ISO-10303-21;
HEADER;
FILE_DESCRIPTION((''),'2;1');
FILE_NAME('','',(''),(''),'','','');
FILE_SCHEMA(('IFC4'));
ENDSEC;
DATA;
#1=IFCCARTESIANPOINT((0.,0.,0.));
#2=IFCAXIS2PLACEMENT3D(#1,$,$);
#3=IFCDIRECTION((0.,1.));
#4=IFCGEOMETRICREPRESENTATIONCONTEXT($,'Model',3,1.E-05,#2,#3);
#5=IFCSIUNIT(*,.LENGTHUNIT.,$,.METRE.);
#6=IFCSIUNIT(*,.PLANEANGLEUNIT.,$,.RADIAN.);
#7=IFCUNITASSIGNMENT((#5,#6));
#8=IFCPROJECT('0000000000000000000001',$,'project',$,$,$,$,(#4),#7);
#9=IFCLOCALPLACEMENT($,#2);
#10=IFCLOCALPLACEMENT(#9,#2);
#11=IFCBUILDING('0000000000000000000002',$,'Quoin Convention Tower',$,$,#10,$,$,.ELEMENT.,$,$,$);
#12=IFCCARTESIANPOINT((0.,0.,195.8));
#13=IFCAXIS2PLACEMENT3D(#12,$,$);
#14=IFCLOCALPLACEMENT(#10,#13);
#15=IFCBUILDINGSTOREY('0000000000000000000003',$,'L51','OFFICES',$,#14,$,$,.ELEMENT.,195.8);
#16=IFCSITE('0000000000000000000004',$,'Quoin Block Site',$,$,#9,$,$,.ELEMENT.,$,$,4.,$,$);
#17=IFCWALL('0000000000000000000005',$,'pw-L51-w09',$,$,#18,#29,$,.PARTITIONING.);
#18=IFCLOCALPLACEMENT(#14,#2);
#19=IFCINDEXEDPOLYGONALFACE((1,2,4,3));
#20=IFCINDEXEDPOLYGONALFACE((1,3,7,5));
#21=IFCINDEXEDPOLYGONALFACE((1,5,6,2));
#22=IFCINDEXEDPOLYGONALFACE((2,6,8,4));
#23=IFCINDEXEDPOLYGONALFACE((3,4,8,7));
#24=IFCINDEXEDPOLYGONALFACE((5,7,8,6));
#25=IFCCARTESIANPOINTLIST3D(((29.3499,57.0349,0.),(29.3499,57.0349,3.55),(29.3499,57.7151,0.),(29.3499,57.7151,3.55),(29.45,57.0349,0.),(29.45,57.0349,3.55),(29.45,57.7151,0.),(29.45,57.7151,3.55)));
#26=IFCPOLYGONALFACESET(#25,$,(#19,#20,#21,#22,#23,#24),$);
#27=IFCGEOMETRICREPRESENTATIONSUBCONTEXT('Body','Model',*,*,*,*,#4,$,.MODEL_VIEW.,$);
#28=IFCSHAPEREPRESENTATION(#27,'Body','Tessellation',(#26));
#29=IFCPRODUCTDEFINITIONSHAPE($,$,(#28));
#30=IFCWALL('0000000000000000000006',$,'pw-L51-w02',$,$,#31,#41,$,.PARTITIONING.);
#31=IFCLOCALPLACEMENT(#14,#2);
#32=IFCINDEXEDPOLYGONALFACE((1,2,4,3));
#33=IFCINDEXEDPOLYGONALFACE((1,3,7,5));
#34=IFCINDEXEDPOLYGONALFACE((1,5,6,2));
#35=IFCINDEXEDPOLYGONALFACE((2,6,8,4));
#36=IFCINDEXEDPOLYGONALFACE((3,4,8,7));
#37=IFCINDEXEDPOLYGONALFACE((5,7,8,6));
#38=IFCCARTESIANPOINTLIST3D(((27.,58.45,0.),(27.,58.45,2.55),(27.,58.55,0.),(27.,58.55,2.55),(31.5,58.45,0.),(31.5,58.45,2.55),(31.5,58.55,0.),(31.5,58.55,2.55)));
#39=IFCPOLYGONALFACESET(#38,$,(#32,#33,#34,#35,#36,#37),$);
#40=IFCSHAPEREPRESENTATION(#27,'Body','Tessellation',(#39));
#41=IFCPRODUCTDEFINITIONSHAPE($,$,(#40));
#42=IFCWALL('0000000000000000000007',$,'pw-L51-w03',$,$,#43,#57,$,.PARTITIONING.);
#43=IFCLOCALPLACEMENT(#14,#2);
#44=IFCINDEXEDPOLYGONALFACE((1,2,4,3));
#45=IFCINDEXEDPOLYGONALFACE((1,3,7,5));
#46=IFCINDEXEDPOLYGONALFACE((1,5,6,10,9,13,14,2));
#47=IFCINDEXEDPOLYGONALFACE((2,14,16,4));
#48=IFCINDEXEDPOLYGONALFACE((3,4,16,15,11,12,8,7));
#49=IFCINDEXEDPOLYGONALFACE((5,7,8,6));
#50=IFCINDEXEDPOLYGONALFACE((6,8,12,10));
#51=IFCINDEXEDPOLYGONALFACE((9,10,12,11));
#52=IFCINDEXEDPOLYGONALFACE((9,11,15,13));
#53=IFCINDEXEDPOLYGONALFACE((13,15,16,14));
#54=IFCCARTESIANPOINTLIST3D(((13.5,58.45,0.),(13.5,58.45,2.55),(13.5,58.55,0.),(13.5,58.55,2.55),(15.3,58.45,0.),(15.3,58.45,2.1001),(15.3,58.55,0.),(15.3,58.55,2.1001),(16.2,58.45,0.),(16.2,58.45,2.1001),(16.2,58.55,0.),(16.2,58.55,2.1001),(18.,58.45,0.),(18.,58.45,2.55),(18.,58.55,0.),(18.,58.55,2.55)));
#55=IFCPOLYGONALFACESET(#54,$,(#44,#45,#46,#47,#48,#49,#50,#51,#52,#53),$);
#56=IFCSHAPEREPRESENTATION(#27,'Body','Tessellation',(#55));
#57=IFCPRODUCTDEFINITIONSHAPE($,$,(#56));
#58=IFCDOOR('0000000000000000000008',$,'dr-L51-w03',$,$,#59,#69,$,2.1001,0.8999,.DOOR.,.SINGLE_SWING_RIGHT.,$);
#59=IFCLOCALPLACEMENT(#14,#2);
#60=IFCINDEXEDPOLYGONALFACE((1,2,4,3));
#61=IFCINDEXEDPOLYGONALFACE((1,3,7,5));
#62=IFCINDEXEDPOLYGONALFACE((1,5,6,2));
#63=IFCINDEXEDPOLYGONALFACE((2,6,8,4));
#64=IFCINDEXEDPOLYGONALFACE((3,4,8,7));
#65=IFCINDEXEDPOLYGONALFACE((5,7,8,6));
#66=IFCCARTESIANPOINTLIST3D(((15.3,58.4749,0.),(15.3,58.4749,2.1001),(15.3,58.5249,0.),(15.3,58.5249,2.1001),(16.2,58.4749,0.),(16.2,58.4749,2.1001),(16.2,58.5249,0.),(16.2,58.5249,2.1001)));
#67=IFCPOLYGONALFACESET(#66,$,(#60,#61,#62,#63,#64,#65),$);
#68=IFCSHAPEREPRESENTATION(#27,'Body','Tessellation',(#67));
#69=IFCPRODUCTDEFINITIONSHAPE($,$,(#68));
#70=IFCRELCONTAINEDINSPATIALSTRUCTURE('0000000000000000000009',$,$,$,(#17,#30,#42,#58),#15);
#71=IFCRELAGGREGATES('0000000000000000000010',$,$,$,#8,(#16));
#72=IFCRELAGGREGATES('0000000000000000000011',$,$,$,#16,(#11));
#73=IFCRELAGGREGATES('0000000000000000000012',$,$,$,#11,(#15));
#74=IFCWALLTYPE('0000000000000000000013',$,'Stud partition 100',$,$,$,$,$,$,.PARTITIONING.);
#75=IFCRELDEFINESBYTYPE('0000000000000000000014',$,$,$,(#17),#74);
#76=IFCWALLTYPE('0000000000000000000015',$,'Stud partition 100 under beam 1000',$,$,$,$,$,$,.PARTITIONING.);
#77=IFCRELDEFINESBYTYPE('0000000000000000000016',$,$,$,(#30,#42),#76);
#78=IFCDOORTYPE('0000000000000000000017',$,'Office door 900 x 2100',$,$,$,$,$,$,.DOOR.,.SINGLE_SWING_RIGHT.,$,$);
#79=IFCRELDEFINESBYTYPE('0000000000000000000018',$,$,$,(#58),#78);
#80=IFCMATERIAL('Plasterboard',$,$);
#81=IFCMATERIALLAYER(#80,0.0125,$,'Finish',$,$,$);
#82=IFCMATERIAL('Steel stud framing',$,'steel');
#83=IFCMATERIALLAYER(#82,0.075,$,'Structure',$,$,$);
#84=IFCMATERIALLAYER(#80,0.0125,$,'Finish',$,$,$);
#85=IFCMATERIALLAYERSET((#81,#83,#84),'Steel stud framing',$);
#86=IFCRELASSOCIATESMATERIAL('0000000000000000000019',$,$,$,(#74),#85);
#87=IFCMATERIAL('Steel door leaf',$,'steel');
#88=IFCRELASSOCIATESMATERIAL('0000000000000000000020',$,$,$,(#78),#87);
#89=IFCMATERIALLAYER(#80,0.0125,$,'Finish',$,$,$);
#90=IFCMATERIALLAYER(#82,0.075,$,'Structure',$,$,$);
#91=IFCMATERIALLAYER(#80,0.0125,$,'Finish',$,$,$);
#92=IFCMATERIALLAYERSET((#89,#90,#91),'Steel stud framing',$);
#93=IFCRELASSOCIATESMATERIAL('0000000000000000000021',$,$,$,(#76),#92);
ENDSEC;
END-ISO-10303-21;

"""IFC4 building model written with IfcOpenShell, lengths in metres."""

from ifc_helpers import new_model, si_unit, direction, frame, frame_2d, origin, place, context, subcontext, project, spatial, rectangle, extrude, material, layer, layer_set, type_object, element, fill, save


model = new_model("IFC4")

# Units and contexts
model_context = context("Model", 3, precision=1e-05, world=origin(), true_north=direction((0.0, 1.0)))
body_context = subcontext(model_context, "Body", "Model", "MODEL_VIEW")
ifc_project = project(units=[si_unit("LENGTHUNIT", "METRE"), si_unit("PLANEANGLEUNIT", "RADIAN")], contexts=[model_context])

# Site, building, storey
site_placement = place(None, origin())
site = spatial("IfcSite", under=ifc_project, at=site_placement, Name="Quoin Block Site", CompositionType="ELEMENT", RefElevation=4.0)
building_placement = place(site_placement, origin())
building = spatial("IfcBuilding", under=site, at=building_placement, Name="Quoin Convention Tower", CompositionType="ELEMENT")
storey_placement = place(building_placement, frame((0.0, 0.0, 195.8)))
storey = spatial("IfcBuildingStorey", under=building, at=storey_placement, Name="L51", Description="OFFICES", CompositionType="ELEMENT", Elevation=195.8)

# Shared definitions
ifc_material_1 = material(Name="Plasterboard")
ifc_material_2 = material(Name="Steel stud framing", Category="steel")
ifc_material_3 = material(Name="Steel door leaf", Category="steel")

# Shared definitions
ifc_layer_1 = layer(ifc_material_1, 0.0125, Name="Finish")
ifc_layer_2 = layer(ifc_material_2, 0.075, Name="Structure")
ifc_layer_3 = layer(ifc_material_1, 0.0125, Name="Finish")
ifc_layer_set_1 = layer_set([ifc_layer_1, ifc_layer_2, ifc_layer_3], Name="Steel stud framing")
wall_type_1 = type_object("IfcWallType", Name="Stud partition 100", PredefinedType="PARTITIONING", material=ifc_layer_set_1)
door_type_1 = type_object("IfcDoorType", Name="Office door 900 x 2100", OperationType="SINGLE_SWING_RIGHT", PredefinedType="DOOR", material=ifc_material_3)

# Walls
wall_1_placement = place(storey_placement, frame((29.3999, 57.7151, 0.0), z_axis=(0.0, 0.0, 1.0), x_axis=(0.0, -1.0, 0.0)))
element("IfcWall", 1, at=wall_1_placement, inside=storey, type_object=wall_type_1, Name="pw-L51-w09", PredefinedType="PARTITIONING", context=body_context, shape_type="SweptSolid", body=[
    extrude(rectangle(XDim=0.6802, YDim=0.1001, at=frame_2d((0.3401, 0.0))), origin(), (0.0, 0.0, 1.0), 3.55),
])
ifc_layer_4 = layer(ifc_material_1, 0.0125, Name="Finish")
ifc_layer_5 = layer(ifc_material_2, 0.075, Name="Structure")
ifc_layer_6 = layer(ifc_material_1, 0.0125, Name="Finish")
ifc_layer_set_2 = layer_set([ifc_layer_4, ifc_layer_5, ifc_layer_6], Name="Steel stud framing")
wall_type_2 = type_object("IfcWallType", Name="Stud partition 100 under beam 1000", PredefinedType="PARTITIONING", material=ifc_layer_set_2)
wall_2_placement = place(storey_placement, frame((31.5, 58.5, 0.0), z_axis=(0.0, 0.0, 1.0), x_axis=(-1.0, 0.0, 0.0)))
element("IfcWall", 2, at=wall_2_placement, inside=storey, type_object=wall_type_2, Name="pw-L51-w02", PredefinedType="PARTITIONING", context=body_context, shape_type="SweptSolid", body=[
    extrude(rectangle(XDim=4.5, YDim=0.1001, at=frame_2d((2.25, 0.0))), origin(), (0.0, 0.0, 1.0), 2.55),
])

# Wall, opening, door
wall_3_placement = place(storey_placement, frame((13.5, 58.5, 0.0), z_axis=(0.0, 0.0, 1.0), x_axis=(1.0, 0.0, 0.0)))
wall_3 = element("IfcWall", 3, at=wall_3_placement, inside=storey, type_object=wall_type_2, Name="pw-L51-w03", PredefinedType="PARTITIONING", context=body_context, shape_type="SweptSolid", body=[
    extrude(rectangle(XDim=4.5, YDim=0.1001, at=frame_2d((2.25, 0.0))), origin(), (0.0, 0.0, 1.0), 2.55),
])
opening_1_placement = place(wall_3_placement, frame((1.8, 0.0, 0.0)))
opening_1 = element("IfcOpeningElement", 4, at=opening_1_placement, cuts=wall_3, PredefinedType="OPENING", context=body_context, shape_type="SweptSolid", body=[
    extrude(rectangle(XDim=0.8999, YDim=2.1001, at=frame_2d((0.45, 1.05))), frame((0.0, 0.0601, 0.0), z_axis=(0.0, -1.0, 0.0), x_axis=(1.0, 0.0, 0.0)), (0.0, 0.0, 1.0), 0.1201),
])
door_1_placement = place(opening_1_placement, origin())
door_1 = element("IfcDoor", 5, at=door_1_placement, inside=storey, type_object=door_type_1, Name="dr-L51-w03", OperationType="SINGLE_SWING_RIGHT", OverallHeight=2.1001, OverallWidth=0.8999, PredefinedType="DOOR", context=body_context, shape_type="SweptSolid", body=[
    extrude(rectangle(XDim=0.8999, YDim=2.1001, at=frame_2d((0.45, 1.05))), frame((0.0, 0.0249, 0.0), z_axis=(0.0, -1.0, 0.0), x_axis=(1.0, 0.0, 0.0)), (0.0, 0.0, 1.0), 0.05),
])
fill(opening_1, door_1)

save(model, "model.ifc")
